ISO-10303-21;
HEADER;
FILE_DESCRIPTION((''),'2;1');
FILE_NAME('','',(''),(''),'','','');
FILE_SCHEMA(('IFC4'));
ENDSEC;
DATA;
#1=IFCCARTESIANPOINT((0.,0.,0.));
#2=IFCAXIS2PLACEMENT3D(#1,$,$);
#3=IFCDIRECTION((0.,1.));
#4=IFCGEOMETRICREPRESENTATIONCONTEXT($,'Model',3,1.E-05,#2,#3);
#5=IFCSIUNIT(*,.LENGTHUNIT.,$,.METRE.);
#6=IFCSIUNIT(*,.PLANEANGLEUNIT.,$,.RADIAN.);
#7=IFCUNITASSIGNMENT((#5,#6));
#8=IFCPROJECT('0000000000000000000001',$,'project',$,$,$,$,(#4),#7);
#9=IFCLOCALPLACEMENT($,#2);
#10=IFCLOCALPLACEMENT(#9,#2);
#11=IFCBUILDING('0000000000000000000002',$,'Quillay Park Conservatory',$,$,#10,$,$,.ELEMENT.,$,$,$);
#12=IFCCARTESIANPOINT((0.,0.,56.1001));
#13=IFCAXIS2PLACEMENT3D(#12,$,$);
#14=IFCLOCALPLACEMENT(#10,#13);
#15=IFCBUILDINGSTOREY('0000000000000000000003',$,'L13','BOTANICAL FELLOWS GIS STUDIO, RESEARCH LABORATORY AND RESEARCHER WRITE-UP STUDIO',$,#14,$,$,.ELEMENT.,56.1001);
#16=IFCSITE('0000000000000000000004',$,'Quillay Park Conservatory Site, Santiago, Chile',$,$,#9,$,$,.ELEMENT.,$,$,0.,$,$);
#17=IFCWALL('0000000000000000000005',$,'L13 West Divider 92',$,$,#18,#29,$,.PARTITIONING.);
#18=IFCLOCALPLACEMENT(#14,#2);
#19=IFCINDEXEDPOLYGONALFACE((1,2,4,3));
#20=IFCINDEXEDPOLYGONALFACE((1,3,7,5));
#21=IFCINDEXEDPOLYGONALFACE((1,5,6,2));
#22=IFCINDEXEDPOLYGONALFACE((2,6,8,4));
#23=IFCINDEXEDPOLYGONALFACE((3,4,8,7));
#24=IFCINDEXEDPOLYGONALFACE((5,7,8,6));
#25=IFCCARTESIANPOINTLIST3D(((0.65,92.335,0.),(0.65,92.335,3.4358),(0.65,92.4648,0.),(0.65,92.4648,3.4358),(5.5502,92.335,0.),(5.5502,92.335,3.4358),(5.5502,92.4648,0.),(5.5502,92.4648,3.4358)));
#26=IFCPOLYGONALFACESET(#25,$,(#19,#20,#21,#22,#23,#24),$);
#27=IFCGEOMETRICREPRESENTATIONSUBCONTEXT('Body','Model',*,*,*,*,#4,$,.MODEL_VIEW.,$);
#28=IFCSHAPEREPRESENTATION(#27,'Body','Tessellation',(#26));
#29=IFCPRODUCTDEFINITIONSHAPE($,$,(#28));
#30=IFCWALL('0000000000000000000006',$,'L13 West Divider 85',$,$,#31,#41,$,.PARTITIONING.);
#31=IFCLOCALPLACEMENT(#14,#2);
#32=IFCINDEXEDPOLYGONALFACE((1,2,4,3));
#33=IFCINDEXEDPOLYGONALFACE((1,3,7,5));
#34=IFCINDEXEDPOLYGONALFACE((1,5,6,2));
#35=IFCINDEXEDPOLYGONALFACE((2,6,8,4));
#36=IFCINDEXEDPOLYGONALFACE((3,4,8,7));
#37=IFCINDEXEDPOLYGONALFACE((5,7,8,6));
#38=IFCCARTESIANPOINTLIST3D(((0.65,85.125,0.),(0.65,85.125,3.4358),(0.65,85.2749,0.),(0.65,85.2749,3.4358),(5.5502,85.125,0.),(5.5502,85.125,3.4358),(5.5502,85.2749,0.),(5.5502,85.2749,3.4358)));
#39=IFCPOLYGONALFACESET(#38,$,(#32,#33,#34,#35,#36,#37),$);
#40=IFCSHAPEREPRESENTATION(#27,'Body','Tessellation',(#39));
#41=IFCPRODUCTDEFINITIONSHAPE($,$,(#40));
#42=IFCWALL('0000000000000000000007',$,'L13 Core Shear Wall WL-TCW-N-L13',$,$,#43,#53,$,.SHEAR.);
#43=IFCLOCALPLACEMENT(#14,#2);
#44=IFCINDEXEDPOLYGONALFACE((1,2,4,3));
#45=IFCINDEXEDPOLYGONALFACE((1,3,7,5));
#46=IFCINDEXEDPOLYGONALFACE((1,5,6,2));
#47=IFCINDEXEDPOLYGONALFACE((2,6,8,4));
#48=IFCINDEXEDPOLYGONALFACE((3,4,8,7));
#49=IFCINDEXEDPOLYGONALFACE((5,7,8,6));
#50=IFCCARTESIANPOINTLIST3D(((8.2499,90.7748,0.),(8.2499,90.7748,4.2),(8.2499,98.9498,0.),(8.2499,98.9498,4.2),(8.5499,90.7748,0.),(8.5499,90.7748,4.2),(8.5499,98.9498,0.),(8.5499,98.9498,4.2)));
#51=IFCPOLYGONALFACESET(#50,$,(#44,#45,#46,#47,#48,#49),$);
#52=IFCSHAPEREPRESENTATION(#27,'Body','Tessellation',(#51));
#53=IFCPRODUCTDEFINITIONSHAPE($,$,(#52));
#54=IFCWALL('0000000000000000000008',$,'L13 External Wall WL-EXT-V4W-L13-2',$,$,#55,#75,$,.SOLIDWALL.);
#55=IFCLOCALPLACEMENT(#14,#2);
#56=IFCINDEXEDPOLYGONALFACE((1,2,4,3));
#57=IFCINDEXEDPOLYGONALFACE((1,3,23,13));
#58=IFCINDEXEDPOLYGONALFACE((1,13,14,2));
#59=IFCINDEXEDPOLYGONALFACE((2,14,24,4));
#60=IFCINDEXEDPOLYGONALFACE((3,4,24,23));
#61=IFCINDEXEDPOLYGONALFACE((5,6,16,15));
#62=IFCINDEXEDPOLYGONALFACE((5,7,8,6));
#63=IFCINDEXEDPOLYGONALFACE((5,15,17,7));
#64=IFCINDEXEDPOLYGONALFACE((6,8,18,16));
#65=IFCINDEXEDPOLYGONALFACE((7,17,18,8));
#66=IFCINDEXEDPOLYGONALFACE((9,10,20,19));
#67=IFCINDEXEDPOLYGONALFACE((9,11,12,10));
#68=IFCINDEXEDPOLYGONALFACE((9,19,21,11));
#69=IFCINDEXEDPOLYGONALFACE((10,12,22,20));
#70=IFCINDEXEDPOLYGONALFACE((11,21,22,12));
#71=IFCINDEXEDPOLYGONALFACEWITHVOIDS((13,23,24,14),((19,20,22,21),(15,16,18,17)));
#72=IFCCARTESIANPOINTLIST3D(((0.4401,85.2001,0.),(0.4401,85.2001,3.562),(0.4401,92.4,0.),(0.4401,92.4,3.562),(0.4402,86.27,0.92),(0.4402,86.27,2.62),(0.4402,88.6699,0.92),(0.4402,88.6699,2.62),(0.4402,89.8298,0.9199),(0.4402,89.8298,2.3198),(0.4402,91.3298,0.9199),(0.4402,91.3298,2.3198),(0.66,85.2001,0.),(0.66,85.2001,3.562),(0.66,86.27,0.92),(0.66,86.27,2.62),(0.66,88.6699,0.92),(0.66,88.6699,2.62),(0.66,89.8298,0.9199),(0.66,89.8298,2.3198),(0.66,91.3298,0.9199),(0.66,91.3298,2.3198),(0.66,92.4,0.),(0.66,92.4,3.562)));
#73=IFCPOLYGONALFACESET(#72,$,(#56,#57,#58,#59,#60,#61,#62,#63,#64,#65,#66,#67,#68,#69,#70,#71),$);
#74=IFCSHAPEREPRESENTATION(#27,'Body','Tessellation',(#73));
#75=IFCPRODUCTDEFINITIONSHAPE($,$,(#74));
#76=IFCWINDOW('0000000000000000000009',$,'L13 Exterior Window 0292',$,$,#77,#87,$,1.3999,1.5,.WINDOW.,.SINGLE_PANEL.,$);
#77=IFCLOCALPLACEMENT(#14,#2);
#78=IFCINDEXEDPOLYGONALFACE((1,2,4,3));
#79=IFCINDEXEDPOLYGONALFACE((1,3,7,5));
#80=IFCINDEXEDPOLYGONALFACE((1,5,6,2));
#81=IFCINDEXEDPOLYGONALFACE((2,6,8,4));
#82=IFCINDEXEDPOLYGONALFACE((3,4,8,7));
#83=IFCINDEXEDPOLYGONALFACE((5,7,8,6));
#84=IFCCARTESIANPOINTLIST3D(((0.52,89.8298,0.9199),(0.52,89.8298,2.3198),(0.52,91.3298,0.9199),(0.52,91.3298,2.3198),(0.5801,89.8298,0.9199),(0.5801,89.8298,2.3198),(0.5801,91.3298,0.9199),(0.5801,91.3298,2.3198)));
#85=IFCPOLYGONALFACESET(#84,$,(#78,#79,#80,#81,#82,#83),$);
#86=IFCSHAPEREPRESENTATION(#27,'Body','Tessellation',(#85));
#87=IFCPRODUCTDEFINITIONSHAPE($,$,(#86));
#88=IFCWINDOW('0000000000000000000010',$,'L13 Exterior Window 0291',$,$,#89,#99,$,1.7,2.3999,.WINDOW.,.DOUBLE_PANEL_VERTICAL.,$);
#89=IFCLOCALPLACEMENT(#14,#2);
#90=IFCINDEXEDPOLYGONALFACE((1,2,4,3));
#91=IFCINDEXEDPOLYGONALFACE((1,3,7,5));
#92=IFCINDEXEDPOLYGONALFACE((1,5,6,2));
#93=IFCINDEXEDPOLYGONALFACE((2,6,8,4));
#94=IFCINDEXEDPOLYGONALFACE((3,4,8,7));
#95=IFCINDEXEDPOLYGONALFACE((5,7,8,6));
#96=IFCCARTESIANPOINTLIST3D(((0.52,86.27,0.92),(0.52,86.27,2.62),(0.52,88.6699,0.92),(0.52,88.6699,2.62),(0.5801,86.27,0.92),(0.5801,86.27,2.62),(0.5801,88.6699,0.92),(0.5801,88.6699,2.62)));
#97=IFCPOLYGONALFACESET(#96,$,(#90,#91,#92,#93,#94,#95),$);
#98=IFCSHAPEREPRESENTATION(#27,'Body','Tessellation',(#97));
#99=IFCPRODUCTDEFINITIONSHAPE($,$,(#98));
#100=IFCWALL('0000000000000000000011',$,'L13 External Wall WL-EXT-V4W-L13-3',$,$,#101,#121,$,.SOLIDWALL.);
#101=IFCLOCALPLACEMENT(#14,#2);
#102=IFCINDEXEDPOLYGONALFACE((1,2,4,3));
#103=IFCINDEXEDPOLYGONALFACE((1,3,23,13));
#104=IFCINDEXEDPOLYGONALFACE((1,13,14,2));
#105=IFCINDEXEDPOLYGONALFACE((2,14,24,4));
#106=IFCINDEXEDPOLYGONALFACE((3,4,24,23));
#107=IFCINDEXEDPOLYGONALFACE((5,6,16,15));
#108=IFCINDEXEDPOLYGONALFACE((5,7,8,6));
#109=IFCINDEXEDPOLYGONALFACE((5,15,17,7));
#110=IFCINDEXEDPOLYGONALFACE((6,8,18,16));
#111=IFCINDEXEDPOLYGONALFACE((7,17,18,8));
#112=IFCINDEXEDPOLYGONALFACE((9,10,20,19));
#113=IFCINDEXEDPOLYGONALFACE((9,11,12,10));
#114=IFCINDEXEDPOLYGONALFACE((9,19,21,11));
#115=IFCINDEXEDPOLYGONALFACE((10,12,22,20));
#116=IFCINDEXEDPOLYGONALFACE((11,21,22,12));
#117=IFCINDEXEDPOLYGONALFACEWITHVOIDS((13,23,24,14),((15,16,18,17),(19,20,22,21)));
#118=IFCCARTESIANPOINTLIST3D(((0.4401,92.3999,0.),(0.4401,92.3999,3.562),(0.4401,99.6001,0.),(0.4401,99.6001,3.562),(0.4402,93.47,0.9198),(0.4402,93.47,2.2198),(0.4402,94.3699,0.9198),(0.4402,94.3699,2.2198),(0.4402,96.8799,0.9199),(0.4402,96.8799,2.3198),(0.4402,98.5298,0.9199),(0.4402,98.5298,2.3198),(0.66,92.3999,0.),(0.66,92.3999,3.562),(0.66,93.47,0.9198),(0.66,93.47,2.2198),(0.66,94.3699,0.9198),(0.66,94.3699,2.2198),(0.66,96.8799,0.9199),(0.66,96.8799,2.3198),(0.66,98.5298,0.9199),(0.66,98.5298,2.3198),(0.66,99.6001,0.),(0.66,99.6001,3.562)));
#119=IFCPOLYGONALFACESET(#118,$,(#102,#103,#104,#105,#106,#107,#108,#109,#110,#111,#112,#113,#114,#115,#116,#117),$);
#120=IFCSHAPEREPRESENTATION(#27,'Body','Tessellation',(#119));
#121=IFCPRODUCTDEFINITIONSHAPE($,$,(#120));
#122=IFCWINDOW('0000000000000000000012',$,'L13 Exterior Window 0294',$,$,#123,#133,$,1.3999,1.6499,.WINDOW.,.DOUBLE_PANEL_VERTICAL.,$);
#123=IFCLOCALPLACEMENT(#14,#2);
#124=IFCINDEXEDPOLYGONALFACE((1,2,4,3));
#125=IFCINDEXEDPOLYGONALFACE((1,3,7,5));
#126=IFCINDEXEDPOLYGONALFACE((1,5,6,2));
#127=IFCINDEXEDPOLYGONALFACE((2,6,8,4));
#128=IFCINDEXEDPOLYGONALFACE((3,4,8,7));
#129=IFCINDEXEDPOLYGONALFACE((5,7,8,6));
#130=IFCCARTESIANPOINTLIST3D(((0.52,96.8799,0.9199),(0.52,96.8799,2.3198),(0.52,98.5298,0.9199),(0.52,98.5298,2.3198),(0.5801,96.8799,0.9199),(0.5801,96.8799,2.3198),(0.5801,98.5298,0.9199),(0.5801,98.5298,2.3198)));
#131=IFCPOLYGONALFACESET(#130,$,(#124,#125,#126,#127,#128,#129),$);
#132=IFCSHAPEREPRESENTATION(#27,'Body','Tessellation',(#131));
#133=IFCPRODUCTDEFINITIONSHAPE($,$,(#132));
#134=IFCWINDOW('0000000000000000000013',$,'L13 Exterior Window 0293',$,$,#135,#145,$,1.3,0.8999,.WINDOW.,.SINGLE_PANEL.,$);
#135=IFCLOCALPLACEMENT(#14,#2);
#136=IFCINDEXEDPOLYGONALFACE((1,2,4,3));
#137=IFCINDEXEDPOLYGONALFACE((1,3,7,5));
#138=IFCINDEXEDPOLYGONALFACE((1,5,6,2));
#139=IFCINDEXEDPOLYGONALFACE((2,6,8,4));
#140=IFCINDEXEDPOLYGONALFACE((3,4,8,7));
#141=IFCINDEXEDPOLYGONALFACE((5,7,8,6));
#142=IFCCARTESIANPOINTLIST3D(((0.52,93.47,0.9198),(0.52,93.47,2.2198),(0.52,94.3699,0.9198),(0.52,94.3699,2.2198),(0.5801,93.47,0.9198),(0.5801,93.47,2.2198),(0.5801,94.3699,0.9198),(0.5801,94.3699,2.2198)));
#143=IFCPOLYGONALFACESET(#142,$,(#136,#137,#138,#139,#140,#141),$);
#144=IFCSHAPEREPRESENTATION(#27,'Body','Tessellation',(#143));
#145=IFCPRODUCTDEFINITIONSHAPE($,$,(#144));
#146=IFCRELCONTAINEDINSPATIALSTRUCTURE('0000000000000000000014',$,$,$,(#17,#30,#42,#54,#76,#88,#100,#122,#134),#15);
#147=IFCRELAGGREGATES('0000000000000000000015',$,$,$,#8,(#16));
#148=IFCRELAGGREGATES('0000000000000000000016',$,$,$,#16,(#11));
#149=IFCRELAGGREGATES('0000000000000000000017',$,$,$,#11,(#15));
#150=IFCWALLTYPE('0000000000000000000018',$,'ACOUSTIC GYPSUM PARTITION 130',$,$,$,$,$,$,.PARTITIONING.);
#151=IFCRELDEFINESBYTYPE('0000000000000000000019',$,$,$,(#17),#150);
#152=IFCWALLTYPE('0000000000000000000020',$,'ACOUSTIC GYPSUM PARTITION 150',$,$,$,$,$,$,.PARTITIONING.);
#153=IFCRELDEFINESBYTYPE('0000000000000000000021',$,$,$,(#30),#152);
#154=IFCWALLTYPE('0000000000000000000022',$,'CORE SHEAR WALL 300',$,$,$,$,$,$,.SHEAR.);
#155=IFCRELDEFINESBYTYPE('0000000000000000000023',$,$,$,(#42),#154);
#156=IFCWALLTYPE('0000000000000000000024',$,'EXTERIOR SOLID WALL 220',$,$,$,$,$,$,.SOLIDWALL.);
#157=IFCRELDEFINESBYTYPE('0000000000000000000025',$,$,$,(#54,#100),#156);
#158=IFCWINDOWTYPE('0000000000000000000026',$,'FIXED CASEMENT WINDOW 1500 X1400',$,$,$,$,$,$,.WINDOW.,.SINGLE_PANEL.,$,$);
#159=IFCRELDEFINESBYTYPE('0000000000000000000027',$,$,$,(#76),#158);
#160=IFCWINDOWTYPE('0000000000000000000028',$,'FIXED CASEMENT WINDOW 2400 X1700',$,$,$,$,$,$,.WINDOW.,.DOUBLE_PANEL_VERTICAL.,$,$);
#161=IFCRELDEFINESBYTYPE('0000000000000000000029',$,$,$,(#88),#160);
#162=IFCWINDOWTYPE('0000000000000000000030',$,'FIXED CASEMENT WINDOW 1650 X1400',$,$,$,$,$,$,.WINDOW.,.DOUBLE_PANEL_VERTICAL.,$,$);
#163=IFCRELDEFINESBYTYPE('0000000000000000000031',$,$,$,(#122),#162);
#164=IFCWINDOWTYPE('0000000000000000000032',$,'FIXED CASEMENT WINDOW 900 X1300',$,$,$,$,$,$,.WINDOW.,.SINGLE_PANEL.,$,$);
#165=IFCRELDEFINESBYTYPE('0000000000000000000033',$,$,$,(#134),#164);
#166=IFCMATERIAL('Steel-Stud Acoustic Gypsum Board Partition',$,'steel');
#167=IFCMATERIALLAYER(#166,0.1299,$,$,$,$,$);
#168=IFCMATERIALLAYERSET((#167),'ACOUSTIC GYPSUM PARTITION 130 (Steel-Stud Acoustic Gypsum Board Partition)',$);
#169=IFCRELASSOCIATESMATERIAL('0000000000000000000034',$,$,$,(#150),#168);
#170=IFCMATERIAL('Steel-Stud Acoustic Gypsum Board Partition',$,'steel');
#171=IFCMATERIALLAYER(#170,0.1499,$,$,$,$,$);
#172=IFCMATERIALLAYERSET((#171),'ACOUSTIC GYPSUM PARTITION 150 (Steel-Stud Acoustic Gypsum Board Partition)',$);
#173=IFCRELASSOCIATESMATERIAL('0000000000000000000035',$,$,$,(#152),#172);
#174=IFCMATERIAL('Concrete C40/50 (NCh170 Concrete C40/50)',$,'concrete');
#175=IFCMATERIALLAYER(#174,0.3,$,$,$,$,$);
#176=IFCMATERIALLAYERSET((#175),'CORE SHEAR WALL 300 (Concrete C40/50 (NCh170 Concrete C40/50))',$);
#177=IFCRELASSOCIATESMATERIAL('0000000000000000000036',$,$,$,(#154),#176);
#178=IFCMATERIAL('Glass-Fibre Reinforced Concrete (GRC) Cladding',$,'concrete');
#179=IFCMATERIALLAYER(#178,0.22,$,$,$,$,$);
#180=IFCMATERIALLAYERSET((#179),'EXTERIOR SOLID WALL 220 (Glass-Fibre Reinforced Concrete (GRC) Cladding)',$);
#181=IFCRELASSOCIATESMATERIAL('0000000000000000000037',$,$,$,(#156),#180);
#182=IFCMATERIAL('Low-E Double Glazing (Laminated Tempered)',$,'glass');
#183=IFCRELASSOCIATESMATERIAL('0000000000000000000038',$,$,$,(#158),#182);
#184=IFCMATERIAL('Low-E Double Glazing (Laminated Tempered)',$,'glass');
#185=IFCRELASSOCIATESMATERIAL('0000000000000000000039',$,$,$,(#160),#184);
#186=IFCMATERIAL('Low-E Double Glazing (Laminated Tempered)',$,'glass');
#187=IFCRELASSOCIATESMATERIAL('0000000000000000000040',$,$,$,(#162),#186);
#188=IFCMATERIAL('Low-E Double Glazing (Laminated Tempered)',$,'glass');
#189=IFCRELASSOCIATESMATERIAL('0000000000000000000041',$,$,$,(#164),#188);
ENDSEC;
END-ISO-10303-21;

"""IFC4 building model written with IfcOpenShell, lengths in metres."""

from ifc_helpers import new_model, si_unit, direction, frame, frame_2d, origin, place, context, subcontext, project, spatial, rectangle, extrude, material, layer, layer_set, type_object, element, fill, save


model = new_model("IFC4")

# Units and contexts
model_context = context("Model", 3, precision=1e-05, world=origin(), true_north=direction((0.0, 1.0)))
body_context = subcontext(model_context, "Body", "Model", "MODEL_VIEW")
ifc_project = project(units=[si_unit("LENGTHUNIT", "METRE"), si_unit("PLANEANGLEUNIT", "RADIAN")], contexts=[model_context])

# Site, building, storey
site_placement = place(None, origin())
site = spatial("IfcSite", under=ifc_project, at=site_placement, Name="Quillay Park Conservatory Site, Santiago, Chile", CompositionType="ELEMENT", RefElevation=0.0)
building_placement = place(site_placement, origin())
building = spatial("IfcBuilding", under=site, at=building_placement, Name="Quillay Park Conservatory", CompositionType="ELEMENT")
storey_placement = place(building_placement, frame((0.0, 0.0, 56.1001)))
storey = spatial("IfcBuildingStorey", under=building, at=storey_placement, Name="L13", Description="BOTANICAL FELLOWS GIS STUDIO, RESEARCH LABORATORY AND RESEARCHER WRITE-UP STUDIO", CompositionType="ELEMENT", Elevation=56.1001)

# Wall
ifc_material_1 = material(Name="Steel-Stud Acoustic Gypsum Board Partition", Category="steel")
ifc_layer_1 = layer(ifc_material_1, 0.1299)
ifc_layer_set_1 = layer_set([ifc_layer_1], Name="ACOUSTIC GYPSUM PARTITION 130 (Steel-Stud Acoustic Gypsum Board Partition)")
wall_type_1 = type_object("IfcWallType", Name="ACOUSTIC GYPSUM PARTITION 130", PredefinedType="PARTITIONING", material=ifc_layer_set_1)
wall_1_placement = place(storey_placement, frame((0.6499, 92.3999, 0.0), z_axis=(0.0, 0.0, 1.0), x_axis=(1.0, 0.0, 0.0)))
element("IfcWall", 1, at=wall_1_placement, inside=storey, type_object=wall_type_1, Name="L13 West Divider 92", PredefinedType="PARTITIONING", context=body_context, shape_type="SweptSolid", body=[
    extrude(rectangle(XDim=4.9001, YDim=0.1299, at=frame_2d((2.4502, 0.0))), origin(), (0.0, 0.0, 1.0), 3.4358),
])

# Wall
ifc_material_2 = material(Name="Steel-Stud Acoustic Gypsum Board Partition", Category="steel")
ifc_layer_2 = layer(ifc_material_2, 0.1499)
ifc_layer_set_2 = layer_set([ifc_layer_2], Name="ACOUSTIC GYPSUM PARTITION 150 (Steel-Stud Acoustic Gypsum Board Partition)")
wall_type_2 = type_object("IfcWallType", Name="ACOUSTIC GYPSUM PARTITION 150", PredefinedType="PARTITIONING", material=ifc_layer_set_2)
wall_2_placement = place(storey_placement, frame((0.6499, 85.2, 0.0), z_axis=(0.0, 0.0, 1.0), x_axis=(1.0, 0.0, 0.0)))
element("IfcWall", 2, at=wall_2_placement, inside=storey, type_object=wall_type_2, Name="L13 West Divider 85", PredefinedType="PARTITIONING", context=body_context, shape_type="SweptSolid", body=[
    extrude(rectangle(XDim=4.9001, YDim=0.1499, at=frame_2d((2.4502, 0.0))), origin(), (0.0, 0.0, 1.0), 3.4358),
])

# Wall
ifc_material_3 = material(Name="Concrete C40/50 (NCh170 Concrete C40/50)", Category="concrete")
ifc_layer_3 = layer(ifc_material_3, 0.3)
ifc_layer_set_3 = layer_set([ifc_layer_3], Name="CORE SHEAR WALL 300 (Concrete C40/50 (NCh170 Concrete C40/50))")
wall_type_3 = type_object("IfcWallType", Name="CORE SHEAR WALL 300", PredefinedType="SHEAR", material=ifc_layer_set_3)
wall_3_placement = place(storey_placement, frame((8.3999, 90.7749, 0.0), z_axis=(0.0, 0.0, 1.0), x_axis=(0.0, 1.0, 0.0)))
element("IfcWall", 3, at=wall_3_placement, inside=storey, type_object=wall_type_3, Name="L13 Core Shear Wall WL-TCW-N-L13", PredefinedType="SHEAR", context=body_context, shape_type="SweptSolid", body=[
    extrude(rectangle(XDim=8.175, YDim=0.3, at=frame_2d((4.0874, 0.0))), origin(), (0.0, 0.0, 1.0), 4.2),
])

# Walls, openings, windows
ifc_material_4 = material(Name="Glass-Fibre Reinforced Concrete (GRC) Cladding", Category="concrete")
ifc_layer_4 = layer(ifc_material_4, 0.22)
ifc_layer_set_4 = layer_set([ifc_layer_4], Name="EXTERIOR SOLID WALL 220 (Glass-Fibre Reinforced Concrete (GRC) Cladding)")
wall_type_4 = type_object("IfcWallType", Name="EXTERIOR SOLID WALL 220", PredefinedType="SOLIDWALL", material=ifc_layer_set_4)
wall_4_placement = place(storey_placement, frame((0.55, 85.2, 0.0), z_axis=(0.0, 0.0, 1.0), x_axis=(0.0, 1.0, 0.0)))
wall_4 = element("IfcWall", 4, at=wall_4_placement, inside=storey, type_object=wall_type_4, Name="L13 External Wall WL-EXT-V4W-L13-2", PredefinedType="SOLIDWALL", context=body_context, shape_type="SweptSolid", body=[
    extrude(rectangle(XDim=7.2, YDim=0.22, at=frame_2d((3.6001, 0.0))), origin(), (0.0, 0.0, 1.0), 3.562),
])
opening_1_placement = place(wall_4_placement, frame((1.0701, 0.0, 0.9199)))
opening_1 = element("IfcOpeningElement", 5, at=opening_1_placement, cuts=wall_4, PredefinedType="OPENING", context=body_context, shape_type="SweptSolid", body=[
    extrude(rectangle(XDim=2.3999, YDim=1.7, at=frame_2d((1.2, 0.8501))), frame((0.0, 0.1099, 0.0), z_axis=(0.0, -1.0, 0.0), x_axis=(1.0, 0.0, 0.0)), (0.0, 0.0, 1.0), 0.22),
])
opening_2_placement = place(wall_4_placement, frame((4.6299, 0.0, 0.9199)))
opening_2 = element("IfcOpeningElement", 6, at=opening_2_placement, cuts=wall_4, PredefinedType="OPENING", context=body_context, shape_type="SweptSolid", body=[
    extrude(rectangle(XDim=1.5, YDim=1.3999, at=frame_2d((0.75, 0.7))), frame((0.0, 0.1099, 0.0), z_axis=(0.0, -1.0, 0.0), x_axis=(1.0, 0.0, 0.0)), (0.0, 0.0, 1.0), 0.22),
])
ifc_material_5 = material(Name="Low-E Double Glazing (Laminated Tempered)", Category="glass")
window_type_1 = type_object("IfcWindowType", Name="FIXED CASEMENT WINDOW 1500 X1400", PartitioningType="SINGLE_PANEL", PredefinedType="WINDOW", material=ifc_material_5)
window_1_placement = place(opening_2_placement, origin())
window_1 = element("IfcWindow", 7, at=window_1_placement, inside=storey, type_object=window_type_1, Name="L13 Exterior Window 0292", OverallHeight=1.3999, OverallWidth=1.5, PartitioningType="SINGLE_PANEL", PredefinedType="WINDOW", context=body_context, shape_type="SweptSolid", body=[
    extrude(rectangle(XDim=1.5, YDim=1.3999, at=frame_2d((0.75, 0.7))), frame((0.0, 0.03, 0.0), z_axis=(0.0, -1.0, 0.0), x_axis=(1.0, 0.0, 0.0)), (0.0, 0.0, 1.0), 0.0601),
])
fill(opening_2, window_1)
ifc_material_6 = material(Name="Low-E Double Glazing (Laminated Tempered)", Category="glass")
window_type_2 = type_object("IfcWindowType", Name="FIXED CASEMENT WINDOW 2400 X1700", PartitioningType="DOUBLE_PANEL_VERTICAL", PredefinedType="WINDOW", material=ifc_material_6)
window_2_placement = place(opening_1_placement, origin())
window_2 = element("IfcWindow", 8, at=window_2_placement, inside=storey, type_object=window_type_2, Name="L13 Exterior Window 0291", OverallHeight=1.7, OverallWidth=2.3999, PartitioningType="DOUBLE_PANEL_VERTICAL", PredefinedType="WINDOW", context=body_context, shape_type="SweptSolid", body=[
    extrude(rectangle(XDim=2.3999, YDim=1.7, at=frame_2d((1.2, 0.8501))), frame((0.0, 0.03, 0.0), z_axis=(0.0, -1.0, 0.0), x_axis=(1.0, 0.0, 0.0)), (0.0, 0.0, 1.0), 0.0601),
])
fill(opening_1, window_2)
wall_5_placement = place(storey_placement, frame((0.55, 92.3999, 0.0), z_axis=(0.0, 0.0, 1.0), x_axis=(0.0, 1.0, 0.0)))
wall_5 = element("IfcWall", 9, at=wall_5_placement, inside=storey, type_object=wall_type_4, Name="L13 External Wall WL-EXT-V4W-L13-3", PredefinedType="SOLIDWALL", context=body_context, shape_type="SweptSolid", body=[
    extrude(rectangle(XDim=7.2002, YDim=0.22, at=frame_2d((3.6001, 0.0))), origin(), (0.0, 0.0, 1.0), 3.562),
])
opening_3_placement = place(wall_5_placement, frame((1.0701, 0.0, 0.9199)))
opening_3 = element("IfcOpeningElement", 10, at=opening_3_placement, cuts=wall_5, PredefinedType="OPENING", context=body_context, shape_type="SweptSolid", body=[
    extrude(rectangle(XDim=0.8999, YDim=1.3, at=frame_2d((0.45, 0.6499))), frame((0.0, 0.1099, 0.0), z_axis=(0.0, -1.0, 0.0), x_axis=(1.0, 0.0, 0.0)), (0.0, 0.0, 1.0), 0.22),
])
opening_4_placement = place(wall_5_placement, frame((4.48, 0.0, 0.9199)))
opening_4 = element("IfcOpeningElement", 11, at=opening_4_placement, cuts=wall_5, PredefinedType="OPENING", context=body_context, shape_type="SweptSolid", body=[
    extrude(rectangle(XDim=1.6499, YDim=1.3999, at=frame_2d((0.825, 0.7))), frame((0.0, 0.1099, 0.0), z_axis=(0.0, -1.0, 0.0), x_axis=(1.0, 0.0, 0.0)), (0.0, 0.0, 1.0), 0.22),
])
ifc_material_7 = material(Name="Low-E Double Glazing (Laminated Tempered)", Category="glass")
window_type_3 = type_object("IfcWindowType", Name="FIXED CASEMENT WINDOW 1650 X1400", PartitioningType="DOUBLE_PANEL_VERTICAL", PredefinedType="WINDOW", material=ifc_material_7)
window_3_placement = place(opening_4_placement, origin())
window_3 = element("IfcWindow", 12, at=window_3_placement, inside=storey, type_object=window_type_3, Name="L13 Exterior Window 0294", OverallHeight=1.3999, OverallWidth=1.6499, PartitioningType="DOUBLE_PANEL_VERTICAL", PredefinedType="WINDOW", context=body_context, shape_type="SweptSolid", body=[
    extrude(rectangle(XDim=1.6499, YDim=1.3999, at=frame_2d((0.825, 0.7))), frame((0.0, 0.03, 0.0), z_axis=(0.0, -1.0, 0.0), x_axis=(1.0, 0.0, 0.0)), (0.0, 0.0, 1.0), 0.0601),
])
fill(opening_4, window_3)
ifc_material_8 = material(Name="Low-E Double Glazing (Laminated Tempered)", Category="glass")
window_type_4 = type_object("IfcWindowType", Name="FIXED CASEMENT WINDOW 900 X1300", PartitioningType="SINGLE_PANEL", PredefinedType="WINDOW", material=ifc_material_8)
window_4_placement = place(opening_3_placement, origin())
window_4 = element("IfcWindow", 13, at=window_4_placement, inside=storey, type_object=window_type_4, Name="L13 Exterior Window 0293", OverallHeight=1.3, OverallWidth=0.8999, PartitioningType="SINGLE_PANEL", PredefinedType="WINDOW", context=body_context, shape_type="SweptSolid", body=[
    extrude(rectangle(XDim=0.8999, YDim=1.3, at=frame_2d((0.45, 0.6499))), frame((0.0, 0.03, 0.0), z_axis=(0.0, -1.0, 0.0), x_axis=(1.0, 0.0, 0.0)), (0.0, 0.0, 1.0), 0.0601),
])
fill(opening_3, window_4)

save(model, "model.ifc")
